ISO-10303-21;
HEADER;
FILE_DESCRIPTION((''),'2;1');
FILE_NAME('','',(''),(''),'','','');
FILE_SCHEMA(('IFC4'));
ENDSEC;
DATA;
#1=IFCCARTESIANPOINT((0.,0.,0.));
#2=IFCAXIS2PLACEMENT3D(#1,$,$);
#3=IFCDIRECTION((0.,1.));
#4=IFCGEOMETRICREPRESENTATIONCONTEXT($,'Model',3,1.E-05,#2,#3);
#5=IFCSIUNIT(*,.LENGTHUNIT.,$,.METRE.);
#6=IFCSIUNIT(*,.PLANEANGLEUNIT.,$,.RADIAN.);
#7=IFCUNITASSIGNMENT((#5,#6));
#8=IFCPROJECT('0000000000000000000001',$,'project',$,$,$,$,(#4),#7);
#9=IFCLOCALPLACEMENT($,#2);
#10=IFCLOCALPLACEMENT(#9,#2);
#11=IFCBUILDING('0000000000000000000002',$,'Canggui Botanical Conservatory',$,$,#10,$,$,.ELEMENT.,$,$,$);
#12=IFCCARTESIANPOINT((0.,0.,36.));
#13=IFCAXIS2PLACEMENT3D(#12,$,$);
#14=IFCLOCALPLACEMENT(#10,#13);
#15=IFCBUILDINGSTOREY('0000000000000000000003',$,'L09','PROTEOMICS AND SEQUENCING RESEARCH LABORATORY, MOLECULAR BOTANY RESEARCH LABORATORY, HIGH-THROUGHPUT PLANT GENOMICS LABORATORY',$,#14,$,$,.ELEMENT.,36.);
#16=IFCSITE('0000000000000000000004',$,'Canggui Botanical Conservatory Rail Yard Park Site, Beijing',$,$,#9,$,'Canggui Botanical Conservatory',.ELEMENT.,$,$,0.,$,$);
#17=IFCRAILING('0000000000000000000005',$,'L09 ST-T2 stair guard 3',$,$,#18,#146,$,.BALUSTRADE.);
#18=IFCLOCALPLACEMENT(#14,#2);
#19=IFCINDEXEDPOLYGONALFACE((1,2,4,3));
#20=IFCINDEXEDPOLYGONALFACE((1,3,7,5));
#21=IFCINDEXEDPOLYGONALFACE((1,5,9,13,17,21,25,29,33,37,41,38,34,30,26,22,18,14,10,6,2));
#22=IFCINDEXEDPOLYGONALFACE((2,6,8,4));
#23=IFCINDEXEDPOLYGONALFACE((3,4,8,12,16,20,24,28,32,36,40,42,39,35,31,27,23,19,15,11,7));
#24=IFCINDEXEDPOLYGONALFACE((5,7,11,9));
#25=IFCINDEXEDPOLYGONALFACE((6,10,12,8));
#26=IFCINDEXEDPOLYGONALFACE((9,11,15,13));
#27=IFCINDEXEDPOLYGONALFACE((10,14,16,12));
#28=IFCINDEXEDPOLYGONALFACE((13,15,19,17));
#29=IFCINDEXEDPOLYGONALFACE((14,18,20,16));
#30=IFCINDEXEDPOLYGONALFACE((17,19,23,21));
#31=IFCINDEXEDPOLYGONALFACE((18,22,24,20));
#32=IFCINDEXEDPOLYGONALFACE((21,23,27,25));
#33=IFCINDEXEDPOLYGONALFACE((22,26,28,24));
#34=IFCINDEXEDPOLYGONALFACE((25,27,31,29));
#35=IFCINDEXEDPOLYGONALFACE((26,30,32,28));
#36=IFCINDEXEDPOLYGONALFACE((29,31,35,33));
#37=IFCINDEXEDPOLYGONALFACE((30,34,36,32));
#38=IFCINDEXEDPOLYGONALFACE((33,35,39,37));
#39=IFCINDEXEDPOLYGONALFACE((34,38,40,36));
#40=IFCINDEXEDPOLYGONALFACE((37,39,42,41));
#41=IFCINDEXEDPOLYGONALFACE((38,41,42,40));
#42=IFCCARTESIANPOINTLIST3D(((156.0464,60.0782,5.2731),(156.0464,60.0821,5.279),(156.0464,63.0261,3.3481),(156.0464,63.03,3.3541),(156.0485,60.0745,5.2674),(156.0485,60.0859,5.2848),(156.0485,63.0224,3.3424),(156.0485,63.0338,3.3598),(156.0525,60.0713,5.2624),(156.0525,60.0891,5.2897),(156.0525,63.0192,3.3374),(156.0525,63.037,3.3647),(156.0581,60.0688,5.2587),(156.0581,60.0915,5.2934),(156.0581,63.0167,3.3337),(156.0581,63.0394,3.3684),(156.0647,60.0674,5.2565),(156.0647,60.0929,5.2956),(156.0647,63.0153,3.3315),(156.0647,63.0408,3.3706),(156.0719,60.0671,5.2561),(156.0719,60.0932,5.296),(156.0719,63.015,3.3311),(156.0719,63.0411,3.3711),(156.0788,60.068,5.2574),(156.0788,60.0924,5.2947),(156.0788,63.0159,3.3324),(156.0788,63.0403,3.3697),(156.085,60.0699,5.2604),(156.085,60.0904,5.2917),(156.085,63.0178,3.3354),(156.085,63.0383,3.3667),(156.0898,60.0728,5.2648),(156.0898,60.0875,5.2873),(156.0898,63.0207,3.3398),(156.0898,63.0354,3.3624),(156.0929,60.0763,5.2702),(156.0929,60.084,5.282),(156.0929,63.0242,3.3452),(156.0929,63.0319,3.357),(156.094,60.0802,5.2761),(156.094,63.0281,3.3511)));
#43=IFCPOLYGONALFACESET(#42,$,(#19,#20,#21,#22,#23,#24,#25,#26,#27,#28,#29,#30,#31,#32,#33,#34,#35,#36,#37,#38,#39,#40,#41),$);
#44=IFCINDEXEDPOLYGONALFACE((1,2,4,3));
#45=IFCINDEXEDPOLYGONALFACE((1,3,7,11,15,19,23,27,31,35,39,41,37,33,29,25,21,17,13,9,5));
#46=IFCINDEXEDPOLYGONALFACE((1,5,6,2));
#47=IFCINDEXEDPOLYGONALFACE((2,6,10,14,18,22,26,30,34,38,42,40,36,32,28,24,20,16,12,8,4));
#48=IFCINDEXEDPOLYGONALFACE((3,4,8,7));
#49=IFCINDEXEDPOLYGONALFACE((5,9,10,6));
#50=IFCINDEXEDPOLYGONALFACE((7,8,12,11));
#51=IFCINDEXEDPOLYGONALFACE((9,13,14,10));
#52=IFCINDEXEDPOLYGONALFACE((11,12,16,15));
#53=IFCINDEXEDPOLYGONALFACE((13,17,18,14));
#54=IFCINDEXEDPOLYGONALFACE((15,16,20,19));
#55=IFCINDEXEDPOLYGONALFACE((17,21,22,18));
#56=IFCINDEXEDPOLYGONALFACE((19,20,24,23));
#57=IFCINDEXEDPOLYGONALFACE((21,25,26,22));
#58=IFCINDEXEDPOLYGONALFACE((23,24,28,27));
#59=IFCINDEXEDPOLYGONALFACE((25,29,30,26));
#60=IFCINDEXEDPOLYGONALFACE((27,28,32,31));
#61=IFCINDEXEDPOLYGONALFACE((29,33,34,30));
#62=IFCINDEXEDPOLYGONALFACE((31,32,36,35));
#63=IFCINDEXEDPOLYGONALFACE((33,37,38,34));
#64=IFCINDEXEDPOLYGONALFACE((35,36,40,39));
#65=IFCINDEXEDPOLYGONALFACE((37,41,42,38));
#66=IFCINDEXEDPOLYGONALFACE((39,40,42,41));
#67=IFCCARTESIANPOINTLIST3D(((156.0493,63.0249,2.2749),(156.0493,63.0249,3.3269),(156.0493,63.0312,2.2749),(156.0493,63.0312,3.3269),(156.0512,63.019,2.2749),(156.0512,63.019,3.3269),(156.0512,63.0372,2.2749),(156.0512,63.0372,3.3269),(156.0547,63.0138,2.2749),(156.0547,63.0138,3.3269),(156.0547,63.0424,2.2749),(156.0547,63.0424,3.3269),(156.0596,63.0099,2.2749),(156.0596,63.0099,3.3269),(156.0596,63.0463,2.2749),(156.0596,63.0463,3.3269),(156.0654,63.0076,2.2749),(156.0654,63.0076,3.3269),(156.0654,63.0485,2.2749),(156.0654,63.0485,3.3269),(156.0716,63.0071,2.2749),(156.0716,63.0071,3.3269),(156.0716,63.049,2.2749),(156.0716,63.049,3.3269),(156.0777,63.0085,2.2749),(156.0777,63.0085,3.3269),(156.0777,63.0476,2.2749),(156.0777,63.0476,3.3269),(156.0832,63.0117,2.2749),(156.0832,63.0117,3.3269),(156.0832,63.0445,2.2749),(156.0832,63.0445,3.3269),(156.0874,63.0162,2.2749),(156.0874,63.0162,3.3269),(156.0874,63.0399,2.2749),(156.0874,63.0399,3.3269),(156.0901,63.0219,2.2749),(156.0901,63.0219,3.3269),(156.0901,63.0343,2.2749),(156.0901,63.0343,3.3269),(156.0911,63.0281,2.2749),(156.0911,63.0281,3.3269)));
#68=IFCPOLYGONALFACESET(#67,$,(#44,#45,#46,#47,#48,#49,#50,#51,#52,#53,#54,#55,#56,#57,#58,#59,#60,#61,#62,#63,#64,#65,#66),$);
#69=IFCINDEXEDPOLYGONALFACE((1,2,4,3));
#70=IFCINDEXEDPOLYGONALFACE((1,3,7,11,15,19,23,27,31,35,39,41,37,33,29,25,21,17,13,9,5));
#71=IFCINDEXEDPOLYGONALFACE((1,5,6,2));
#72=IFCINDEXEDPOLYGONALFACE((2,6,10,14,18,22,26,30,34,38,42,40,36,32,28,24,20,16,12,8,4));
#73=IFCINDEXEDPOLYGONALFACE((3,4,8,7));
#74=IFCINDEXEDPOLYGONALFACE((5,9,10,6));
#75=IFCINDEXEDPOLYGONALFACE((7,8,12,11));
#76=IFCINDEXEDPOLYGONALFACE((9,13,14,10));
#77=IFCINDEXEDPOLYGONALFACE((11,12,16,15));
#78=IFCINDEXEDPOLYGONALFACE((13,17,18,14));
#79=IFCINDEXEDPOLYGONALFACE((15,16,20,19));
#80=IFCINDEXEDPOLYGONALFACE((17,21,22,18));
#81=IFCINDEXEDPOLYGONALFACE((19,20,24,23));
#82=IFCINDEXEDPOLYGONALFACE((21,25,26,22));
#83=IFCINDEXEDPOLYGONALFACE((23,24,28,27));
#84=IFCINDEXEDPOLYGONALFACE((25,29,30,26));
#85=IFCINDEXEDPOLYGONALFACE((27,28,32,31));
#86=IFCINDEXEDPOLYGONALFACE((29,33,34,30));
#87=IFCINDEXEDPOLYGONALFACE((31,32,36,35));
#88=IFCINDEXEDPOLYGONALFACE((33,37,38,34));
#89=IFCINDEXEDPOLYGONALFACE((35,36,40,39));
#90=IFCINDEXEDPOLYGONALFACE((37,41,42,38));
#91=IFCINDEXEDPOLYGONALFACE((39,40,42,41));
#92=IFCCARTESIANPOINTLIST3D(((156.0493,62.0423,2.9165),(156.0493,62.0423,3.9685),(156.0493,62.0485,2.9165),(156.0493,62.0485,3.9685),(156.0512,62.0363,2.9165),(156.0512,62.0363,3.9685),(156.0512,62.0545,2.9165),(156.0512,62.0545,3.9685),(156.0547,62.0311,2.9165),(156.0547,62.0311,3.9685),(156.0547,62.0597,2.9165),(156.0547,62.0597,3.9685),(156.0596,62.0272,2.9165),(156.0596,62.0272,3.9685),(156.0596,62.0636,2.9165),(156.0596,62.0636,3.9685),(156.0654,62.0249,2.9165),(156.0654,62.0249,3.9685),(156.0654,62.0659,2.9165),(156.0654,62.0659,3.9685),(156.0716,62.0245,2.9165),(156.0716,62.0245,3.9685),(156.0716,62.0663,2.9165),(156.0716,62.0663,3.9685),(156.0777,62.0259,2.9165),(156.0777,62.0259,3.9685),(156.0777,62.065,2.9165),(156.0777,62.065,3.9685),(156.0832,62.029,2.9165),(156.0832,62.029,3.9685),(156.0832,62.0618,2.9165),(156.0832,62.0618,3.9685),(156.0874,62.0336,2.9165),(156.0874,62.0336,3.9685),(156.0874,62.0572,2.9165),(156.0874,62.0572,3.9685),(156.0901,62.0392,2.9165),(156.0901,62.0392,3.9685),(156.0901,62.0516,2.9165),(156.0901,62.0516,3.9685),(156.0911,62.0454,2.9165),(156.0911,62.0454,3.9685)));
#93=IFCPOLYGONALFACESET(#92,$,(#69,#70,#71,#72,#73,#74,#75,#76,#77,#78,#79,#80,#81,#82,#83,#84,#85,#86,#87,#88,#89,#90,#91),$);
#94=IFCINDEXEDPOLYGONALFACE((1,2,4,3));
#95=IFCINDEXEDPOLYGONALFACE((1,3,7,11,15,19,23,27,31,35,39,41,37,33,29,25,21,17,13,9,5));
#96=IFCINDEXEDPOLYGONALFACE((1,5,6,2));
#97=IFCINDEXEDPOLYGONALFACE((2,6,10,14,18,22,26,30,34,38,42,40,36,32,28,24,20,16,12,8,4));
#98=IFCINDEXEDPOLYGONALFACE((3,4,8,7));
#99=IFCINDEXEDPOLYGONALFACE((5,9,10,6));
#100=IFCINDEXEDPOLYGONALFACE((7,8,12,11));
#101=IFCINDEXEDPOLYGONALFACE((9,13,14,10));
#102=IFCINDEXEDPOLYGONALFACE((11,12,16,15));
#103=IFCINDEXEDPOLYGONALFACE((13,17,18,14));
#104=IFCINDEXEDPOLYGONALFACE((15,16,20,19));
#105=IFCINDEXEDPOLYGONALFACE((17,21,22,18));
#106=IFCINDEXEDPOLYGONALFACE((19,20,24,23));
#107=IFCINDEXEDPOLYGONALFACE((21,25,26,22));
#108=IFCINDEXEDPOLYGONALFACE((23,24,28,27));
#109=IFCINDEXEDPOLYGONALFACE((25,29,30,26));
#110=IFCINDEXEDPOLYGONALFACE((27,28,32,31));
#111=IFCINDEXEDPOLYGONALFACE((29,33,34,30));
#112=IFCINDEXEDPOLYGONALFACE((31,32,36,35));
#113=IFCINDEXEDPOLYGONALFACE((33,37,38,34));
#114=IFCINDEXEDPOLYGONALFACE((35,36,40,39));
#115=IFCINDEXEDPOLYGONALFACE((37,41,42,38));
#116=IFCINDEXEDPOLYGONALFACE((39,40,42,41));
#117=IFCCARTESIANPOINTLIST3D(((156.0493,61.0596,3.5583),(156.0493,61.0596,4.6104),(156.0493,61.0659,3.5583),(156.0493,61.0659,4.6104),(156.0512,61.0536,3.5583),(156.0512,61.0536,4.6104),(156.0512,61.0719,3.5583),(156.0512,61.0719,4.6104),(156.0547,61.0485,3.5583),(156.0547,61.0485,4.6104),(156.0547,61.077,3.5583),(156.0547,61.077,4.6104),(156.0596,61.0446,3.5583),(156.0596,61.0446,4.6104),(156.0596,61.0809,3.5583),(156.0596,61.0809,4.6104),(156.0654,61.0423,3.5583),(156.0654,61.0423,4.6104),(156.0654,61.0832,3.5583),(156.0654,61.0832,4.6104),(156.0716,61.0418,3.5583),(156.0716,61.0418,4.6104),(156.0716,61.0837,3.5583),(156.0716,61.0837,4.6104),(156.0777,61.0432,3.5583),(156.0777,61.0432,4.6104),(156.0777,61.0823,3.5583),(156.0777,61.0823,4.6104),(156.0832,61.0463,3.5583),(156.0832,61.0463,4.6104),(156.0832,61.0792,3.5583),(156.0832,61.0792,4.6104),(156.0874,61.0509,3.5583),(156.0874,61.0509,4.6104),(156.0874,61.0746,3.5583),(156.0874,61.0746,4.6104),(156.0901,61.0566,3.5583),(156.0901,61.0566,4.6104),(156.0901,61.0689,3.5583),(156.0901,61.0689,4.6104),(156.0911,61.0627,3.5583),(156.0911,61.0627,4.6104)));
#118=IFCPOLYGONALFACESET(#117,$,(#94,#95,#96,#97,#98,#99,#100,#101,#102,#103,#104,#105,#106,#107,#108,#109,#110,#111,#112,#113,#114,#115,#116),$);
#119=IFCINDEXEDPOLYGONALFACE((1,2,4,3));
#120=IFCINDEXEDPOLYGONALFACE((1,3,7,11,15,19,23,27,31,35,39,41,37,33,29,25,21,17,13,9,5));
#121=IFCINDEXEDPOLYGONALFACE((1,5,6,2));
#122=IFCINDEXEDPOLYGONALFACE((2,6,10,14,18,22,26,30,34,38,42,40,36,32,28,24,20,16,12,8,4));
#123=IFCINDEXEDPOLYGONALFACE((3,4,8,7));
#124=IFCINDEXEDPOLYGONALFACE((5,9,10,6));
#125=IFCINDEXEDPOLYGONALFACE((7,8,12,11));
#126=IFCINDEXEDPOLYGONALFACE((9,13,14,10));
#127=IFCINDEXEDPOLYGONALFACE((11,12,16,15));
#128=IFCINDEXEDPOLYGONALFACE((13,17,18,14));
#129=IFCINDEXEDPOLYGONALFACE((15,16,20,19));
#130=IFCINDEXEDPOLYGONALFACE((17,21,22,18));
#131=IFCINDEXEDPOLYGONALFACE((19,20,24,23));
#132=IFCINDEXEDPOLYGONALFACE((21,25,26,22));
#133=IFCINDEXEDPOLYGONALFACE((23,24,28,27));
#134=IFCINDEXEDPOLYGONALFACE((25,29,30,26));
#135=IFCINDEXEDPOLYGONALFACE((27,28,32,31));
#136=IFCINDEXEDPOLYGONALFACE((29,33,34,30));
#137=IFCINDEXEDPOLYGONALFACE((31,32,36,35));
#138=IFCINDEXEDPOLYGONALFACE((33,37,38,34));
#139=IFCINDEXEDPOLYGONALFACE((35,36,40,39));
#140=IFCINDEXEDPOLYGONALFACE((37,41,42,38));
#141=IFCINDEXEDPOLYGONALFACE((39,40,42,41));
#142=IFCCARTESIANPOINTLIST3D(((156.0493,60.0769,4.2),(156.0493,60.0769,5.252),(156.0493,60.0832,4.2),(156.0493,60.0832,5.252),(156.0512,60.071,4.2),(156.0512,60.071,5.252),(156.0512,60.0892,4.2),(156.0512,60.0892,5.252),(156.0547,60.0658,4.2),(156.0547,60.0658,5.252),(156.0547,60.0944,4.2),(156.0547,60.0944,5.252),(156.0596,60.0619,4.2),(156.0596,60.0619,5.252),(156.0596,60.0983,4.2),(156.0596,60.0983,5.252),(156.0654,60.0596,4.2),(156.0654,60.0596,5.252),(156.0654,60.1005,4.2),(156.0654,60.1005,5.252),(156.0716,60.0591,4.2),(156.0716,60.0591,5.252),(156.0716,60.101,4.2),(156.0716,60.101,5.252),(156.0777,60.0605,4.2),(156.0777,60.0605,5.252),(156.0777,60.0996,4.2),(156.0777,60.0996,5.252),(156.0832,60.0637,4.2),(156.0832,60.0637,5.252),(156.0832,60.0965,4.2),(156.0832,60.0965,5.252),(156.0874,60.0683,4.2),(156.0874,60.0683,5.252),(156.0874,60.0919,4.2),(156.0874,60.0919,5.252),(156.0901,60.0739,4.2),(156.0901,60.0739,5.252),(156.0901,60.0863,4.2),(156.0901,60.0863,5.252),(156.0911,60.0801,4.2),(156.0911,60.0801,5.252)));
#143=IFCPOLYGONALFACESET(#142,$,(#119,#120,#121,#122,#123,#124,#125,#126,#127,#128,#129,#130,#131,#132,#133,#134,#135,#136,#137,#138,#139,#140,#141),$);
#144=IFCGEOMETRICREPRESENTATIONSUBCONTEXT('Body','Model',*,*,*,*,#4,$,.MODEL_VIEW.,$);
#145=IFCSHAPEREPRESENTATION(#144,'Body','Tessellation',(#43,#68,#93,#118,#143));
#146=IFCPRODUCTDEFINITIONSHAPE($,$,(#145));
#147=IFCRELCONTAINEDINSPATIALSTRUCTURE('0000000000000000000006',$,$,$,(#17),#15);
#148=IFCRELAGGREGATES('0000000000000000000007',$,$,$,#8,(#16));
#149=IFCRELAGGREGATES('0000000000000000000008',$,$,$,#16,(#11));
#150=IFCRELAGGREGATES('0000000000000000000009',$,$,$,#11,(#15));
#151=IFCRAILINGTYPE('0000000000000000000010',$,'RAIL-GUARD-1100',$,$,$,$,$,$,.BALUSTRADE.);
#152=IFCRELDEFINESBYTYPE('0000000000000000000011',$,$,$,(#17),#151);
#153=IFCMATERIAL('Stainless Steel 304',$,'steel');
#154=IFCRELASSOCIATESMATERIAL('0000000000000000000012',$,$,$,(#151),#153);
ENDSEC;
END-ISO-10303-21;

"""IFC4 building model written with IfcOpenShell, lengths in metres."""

from ifc_helpers import new_model, si_unit, direction, frame, origin, origin_2d, place, context, subcontext, project, spatial, circle, extrude, material, type_object, element, save


model = new_model("IFC4")

# Units and contexts
model_context = context("Model", 3, precision=1e-05, world=origin(), true_north=direction((0.0, 1.0)))
body_context = subcontext(model_context, "Body", "Model", "MODEL_VIEW")
ifc_project = project(units=[si_unit("LENGTHUNIT", "METRE"), si_unit("PLANEANGLEUNIT", "RADIAN")], contexts=[model_context])

# Site, building, storey
site_placement = place(None, origin())
site = spatial("IfcSite", under=ifc_project, at=site_placement, Name="Canggui Botanical Conservatory Rail Yard Park Site, Beijing", LongName="Canggui Botanical Conservatory", CompositionType="ELEMENT", RefElevation=0.0)
building_placement = place(site_placement, origin())
building = spatial("IfcBuilding", under=site, at=building_placement, Name="Canggui Botanical Conservatory", CompositionType="ELEMENT")
storey_placement = place(building_placement, frame((0.0, 0.0, 36.0)))
storey = spatial("IfcBuildingStorey", under=building, at=storey_placement, Name="L09", Description="PROTEOMICS AND SEQUENCING RESEARCH LABORATORY, MOLECULAR BOTANY RESEARCH LABORATORY, HIGH-THROUGHPUT PLANT GENOMICS LABORATORY", CompositionType="ELEMENT", Elevation=36.0)

# Shared definitions
ifc_material_1 = material(Name="Stainless Steel 304", Category="steel")

# Railing
railing_type_1 = type_object("IfcRailingType", Name="RAIL-GUARD-1100", PredefinedType="BALUSTRADE", material=ifc_material_1)
railing_1_placement = place(storey_placement, frame((156.0701, 63.0281, 2.2749)))
element("IfcRailing", 1, at=railing_1_placement, inside=storey, type_object=railing_type_1, Name="L09 ST-T2 stair guard 3", PredefinedType="BALUSTRADE", context=body_context, shape_type="SweptSolid", body=[
    extrude(circle(Radius=0.0239, at=origin_2d()), frame((0.0, 0.0, 1.0762), z_axis=(0.0, -0.837293, 0.546754), x_axis=(1.0, 0.0, 0.0)), (0.0, 0.0, 1.0), 3.5208),
    extrude(circle(Radius=0.021, at=origin_2d()), origin(), (0.0, 0.0, 1.0), 1.052),
    extrude(circle(Radius=0.021, at=origin_2d()), frame((0.0, -0.9827, 0.6416)), (0.0, 0.0, 1.0), 1.052),
    extrude(circle(Radius=0.021, at=origin_2d()), frame((0.0, -1.9653, 1.2834)), (0.0, 0.0, 1.0), 1.052),
    extrude(circle(Radius=0.021, at=origin_2d()), frame((0.0, -2.948, 1.925)), (0.0, 0.0, 1.0), 1.052),
])

save(model, "model.ifc")
